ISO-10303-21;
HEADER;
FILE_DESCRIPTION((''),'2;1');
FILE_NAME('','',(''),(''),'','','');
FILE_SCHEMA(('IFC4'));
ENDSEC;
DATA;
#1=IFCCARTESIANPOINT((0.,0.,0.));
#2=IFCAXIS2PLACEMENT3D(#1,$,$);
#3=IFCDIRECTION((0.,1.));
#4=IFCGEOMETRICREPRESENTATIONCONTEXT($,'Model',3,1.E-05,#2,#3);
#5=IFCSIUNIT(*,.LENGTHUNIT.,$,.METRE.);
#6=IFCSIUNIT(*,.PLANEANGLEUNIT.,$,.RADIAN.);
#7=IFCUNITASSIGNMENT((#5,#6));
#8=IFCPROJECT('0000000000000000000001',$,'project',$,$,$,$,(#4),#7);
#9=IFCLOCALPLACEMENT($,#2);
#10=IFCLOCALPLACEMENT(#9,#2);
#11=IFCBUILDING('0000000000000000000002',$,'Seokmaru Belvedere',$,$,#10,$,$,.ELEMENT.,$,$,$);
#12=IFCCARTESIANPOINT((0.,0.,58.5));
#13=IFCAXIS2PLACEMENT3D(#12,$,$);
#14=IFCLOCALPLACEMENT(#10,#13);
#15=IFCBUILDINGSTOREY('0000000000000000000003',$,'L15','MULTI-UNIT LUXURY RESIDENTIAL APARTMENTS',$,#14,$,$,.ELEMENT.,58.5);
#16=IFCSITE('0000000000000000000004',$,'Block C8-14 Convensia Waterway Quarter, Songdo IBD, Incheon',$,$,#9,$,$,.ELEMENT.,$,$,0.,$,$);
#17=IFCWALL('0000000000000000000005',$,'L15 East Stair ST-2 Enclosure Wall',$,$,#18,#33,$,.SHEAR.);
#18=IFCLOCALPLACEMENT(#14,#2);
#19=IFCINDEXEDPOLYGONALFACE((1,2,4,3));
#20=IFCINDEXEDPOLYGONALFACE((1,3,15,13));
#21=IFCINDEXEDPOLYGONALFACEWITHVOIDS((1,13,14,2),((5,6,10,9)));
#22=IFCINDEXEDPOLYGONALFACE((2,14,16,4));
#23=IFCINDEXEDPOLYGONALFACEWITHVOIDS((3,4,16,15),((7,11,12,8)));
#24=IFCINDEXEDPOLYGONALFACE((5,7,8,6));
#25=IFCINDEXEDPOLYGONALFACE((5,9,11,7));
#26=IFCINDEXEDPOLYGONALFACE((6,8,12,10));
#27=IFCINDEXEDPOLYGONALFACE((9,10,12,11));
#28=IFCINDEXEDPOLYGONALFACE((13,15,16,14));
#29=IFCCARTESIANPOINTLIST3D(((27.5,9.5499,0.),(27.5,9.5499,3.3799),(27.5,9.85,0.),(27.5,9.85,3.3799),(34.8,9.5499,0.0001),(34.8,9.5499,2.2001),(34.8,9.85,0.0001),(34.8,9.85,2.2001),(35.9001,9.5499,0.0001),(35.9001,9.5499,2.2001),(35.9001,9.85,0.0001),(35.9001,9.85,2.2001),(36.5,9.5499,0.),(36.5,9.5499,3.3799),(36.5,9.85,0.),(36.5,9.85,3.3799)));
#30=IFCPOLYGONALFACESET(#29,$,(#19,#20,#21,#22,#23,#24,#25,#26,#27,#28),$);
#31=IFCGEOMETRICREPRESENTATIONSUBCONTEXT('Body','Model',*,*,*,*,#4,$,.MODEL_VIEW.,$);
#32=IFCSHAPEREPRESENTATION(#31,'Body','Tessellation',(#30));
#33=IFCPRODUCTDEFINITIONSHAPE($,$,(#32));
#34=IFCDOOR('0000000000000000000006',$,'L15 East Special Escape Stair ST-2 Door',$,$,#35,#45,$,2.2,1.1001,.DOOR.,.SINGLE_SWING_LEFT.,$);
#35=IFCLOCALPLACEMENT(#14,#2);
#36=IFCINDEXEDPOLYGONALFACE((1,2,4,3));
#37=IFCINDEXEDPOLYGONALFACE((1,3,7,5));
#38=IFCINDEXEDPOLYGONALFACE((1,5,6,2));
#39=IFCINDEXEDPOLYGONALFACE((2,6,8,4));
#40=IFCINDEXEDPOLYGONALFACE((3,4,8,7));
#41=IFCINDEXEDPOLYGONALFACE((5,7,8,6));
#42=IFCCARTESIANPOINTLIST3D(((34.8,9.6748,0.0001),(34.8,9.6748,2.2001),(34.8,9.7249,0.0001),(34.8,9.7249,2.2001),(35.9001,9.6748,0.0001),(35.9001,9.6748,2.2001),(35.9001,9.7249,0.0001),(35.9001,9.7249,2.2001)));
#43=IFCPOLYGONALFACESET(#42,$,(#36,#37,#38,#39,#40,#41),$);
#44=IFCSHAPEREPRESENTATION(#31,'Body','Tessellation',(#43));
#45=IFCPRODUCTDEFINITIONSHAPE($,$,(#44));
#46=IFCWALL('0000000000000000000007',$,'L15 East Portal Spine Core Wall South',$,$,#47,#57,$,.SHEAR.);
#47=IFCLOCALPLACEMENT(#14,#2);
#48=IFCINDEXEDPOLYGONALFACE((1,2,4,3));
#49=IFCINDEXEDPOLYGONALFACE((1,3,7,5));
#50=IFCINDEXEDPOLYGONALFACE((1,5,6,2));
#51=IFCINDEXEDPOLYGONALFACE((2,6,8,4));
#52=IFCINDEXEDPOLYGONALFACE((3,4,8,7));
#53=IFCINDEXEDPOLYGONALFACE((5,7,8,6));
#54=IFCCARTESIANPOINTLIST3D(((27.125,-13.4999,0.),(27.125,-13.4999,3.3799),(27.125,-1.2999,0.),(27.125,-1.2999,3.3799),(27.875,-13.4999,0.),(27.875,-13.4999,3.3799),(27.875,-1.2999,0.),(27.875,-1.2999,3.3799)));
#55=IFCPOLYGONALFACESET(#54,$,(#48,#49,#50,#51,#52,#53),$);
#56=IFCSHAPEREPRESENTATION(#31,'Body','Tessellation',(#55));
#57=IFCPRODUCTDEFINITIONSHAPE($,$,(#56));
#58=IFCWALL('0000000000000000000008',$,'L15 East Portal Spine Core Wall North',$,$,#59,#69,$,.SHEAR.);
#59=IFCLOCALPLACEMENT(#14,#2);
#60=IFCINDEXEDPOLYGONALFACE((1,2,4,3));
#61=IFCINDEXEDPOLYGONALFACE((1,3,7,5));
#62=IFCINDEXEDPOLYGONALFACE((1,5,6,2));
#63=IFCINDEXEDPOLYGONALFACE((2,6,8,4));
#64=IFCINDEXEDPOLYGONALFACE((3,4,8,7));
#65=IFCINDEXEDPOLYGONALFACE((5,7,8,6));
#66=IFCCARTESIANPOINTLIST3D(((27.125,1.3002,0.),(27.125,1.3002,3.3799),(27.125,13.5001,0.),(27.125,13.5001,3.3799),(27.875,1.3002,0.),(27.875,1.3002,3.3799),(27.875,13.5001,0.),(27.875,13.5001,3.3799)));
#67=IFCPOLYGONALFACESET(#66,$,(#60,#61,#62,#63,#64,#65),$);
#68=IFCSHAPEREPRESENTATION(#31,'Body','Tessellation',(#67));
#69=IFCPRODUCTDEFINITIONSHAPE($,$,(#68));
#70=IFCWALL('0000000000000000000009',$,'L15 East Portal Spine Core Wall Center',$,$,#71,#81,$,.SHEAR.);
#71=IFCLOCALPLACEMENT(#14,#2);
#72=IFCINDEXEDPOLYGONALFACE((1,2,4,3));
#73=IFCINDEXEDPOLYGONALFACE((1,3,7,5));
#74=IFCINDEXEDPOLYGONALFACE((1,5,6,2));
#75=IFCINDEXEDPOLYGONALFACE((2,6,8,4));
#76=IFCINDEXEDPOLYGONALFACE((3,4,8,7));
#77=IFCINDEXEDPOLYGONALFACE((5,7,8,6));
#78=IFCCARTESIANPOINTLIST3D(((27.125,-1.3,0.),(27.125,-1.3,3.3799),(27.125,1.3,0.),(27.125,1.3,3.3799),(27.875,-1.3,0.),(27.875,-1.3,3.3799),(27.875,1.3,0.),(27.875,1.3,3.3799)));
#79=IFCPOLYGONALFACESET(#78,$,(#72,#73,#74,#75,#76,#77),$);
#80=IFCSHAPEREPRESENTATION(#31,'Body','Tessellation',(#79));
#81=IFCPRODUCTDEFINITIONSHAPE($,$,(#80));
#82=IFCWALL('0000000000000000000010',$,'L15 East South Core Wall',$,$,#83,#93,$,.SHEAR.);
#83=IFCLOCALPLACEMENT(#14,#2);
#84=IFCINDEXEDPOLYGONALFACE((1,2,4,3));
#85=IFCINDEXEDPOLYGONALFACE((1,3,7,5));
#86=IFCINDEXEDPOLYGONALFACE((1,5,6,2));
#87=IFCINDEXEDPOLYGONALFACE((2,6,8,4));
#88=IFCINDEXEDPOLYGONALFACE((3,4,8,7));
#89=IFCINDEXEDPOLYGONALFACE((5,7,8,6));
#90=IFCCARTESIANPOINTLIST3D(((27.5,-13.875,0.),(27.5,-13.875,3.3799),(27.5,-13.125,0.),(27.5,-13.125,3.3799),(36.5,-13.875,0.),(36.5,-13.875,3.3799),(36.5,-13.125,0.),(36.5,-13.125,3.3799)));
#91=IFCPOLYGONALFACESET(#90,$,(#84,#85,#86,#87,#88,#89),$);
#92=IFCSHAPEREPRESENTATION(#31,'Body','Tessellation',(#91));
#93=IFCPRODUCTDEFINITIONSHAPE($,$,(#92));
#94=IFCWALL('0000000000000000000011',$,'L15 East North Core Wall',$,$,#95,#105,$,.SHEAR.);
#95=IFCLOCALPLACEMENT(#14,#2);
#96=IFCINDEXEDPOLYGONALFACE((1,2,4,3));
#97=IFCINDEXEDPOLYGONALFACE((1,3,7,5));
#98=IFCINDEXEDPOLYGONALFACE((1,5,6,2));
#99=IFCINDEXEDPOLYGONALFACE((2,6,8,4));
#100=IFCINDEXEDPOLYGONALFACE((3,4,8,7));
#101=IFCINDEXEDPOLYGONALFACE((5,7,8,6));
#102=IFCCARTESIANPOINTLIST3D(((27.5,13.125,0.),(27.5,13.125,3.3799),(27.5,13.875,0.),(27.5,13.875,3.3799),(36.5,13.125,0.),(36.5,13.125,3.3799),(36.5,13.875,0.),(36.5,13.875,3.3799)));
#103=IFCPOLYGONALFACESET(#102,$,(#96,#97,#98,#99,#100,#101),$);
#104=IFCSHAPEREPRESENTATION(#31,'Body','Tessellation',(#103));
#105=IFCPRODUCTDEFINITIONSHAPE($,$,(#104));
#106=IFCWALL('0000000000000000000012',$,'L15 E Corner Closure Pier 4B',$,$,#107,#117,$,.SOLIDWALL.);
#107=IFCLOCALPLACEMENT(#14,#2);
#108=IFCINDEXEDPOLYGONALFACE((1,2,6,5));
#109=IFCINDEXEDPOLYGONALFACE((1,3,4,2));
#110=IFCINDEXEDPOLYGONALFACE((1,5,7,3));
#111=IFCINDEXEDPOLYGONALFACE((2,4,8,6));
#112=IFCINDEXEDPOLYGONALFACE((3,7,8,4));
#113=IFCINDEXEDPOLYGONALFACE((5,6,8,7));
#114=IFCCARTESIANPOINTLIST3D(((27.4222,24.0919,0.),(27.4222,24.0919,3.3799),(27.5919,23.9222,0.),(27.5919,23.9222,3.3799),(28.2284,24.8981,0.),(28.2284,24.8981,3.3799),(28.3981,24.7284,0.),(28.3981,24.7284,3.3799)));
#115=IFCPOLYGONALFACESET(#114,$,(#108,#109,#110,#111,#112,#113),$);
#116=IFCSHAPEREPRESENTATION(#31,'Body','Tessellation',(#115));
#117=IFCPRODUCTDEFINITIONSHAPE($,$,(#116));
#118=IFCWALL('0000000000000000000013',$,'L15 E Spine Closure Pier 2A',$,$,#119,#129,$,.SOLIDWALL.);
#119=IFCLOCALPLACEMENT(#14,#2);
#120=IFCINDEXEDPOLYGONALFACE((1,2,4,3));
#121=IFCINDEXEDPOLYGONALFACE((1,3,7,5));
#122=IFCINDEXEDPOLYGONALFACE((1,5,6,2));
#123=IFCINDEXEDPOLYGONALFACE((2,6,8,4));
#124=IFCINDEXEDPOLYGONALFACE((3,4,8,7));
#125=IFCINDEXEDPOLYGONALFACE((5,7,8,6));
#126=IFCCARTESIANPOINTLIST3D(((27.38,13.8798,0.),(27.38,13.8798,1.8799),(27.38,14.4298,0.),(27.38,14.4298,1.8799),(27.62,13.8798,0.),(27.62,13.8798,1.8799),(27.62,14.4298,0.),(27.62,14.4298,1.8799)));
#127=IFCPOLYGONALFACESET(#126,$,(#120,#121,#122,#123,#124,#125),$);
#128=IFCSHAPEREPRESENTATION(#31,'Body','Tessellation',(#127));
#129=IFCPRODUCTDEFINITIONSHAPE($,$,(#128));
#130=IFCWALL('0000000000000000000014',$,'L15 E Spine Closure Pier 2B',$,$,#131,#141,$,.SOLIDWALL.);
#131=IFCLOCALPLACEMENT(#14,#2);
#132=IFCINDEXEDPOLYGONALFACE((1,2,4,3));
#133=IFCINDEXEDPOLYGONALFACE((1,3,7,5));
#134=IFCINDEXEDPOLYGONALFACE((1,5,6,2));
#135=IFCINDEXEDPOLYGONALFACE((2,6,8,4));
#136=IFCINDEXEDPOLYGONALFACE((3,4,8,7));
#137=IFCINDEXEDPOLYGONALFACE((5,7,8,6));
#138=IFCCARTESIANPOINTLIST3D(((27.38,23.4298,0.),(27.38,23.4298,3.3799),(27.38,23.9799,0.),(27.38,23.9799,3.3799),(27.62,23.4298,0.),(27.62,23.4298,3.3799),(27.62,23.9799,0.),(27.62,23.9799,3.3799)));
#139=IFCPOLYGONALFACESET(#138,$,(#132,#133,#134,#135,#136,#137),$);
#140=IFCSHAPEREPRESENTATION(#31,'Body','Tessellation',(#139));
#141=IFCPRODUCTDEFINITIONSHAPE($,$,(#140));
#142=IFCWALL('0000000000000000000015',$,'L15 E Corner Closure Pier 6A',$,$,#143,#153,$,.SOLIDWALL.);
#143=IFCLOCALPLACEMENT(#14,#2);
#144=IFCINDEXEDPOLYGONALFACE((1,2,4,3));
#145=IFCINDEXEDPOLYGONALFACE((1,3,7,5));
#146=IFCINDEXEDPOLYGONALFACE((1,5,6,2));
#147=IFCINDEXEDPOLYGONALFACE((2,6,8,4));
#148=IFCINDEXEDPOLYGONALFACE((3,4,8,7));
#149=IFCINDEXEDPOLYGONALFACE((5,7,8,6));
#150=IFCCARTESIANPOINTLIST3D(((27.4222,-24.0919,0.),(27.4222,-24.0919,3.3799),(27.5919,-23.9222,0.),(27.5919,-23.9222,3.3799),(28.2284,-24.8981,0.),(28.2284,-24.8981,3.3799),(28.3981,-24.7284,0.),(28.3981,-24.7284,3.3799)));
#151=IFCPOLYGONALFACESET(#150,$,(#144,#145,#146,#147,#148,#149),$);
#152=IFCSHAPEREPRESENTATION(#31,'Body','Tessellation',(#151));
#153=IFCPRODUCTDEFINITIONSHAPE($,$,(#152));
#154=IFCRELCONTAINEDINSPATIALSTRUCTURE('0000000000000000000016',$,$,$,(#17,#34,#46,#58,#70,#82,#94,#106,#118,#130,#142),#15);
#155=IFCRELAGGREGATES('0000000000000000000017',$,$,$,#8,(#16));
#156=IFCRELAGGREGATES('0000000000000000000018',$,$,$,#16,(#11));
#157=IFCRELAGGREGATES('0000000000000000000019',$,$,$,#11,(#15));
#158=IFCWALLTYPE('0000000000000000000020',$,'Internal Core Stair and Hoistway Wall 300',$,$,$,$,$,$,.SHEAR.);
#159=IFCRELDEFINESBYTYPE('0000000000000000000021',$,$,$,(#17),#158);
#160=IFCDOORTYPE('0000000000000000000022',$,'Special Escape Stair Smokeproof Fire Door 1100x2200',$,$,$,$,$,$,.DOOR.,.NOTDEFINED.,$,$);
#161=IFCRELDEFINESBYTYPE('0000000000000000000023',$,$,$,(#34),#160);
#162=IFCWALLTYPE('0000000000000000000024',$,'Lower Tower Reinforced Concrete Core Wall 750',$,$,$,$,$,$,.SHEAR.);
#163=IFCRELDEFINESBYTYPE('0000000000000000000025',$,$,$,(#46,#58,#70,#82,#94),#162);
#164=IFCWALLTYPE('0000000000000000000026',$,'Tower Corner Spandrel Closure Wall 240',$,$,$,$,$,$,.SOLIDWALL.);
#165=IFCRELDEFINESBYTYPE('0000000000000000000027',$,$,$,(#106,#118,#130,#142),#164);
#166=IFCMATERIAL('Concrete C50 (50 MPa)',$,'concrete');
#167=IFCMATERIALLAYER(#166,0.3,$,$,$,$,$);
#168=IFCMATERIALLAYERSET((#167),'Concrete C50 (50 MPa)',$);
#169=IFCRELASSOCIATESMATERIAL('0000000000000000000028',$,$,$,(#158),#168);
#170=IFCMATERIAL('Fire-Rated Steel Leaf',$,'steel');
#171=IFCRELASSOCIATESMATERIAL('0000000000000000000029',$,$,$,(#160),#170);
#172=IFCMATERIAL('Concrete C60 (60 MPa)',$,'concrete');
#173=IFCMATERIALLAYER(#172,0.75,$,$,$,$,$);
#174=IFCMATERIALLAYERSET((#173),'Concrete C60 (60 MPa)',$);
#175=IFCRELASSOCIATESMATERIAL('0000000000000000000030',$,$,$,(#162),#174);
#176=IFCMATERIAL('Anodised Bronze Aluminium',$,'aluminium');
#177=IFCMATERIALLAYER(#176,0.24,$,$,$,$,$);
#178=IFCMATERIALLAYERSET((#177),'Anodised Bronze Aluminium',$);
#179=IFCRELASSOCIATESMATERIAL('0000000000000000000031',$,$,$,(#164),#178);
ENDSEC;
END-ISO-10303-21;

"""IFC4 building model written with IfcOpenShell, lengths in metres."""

from ifc_helpers import new_model, si_unit, direction, frame, frame_2d, origin, place, context, subcontext, project, spatial, rectangle, extrude, source, transform, mapped, material, layer, layer_set, type_object, type_shapes, element, fill, save


model = new_model("IFC4")

# Units and contexts
model_context = context("Model", 3, precision=1e-05, world=origin(), true_north=direction((0.0, 1.0)))
body_context = subcontext(model_context, "Body", "Model", "MODEL_VIEW")
ifc_project = project(units=[si_unit("LENGTHUNIT", "METRE"), si_unit("PLANEANGLEUNIT", "RADIAN")], contexts=[model_context])

# Site, building, storey
site_placement = place(None, origin())
site = spatial("IfcSite", under=ifc_project, at=site_placement, Name="Block C8-14 Convensia Waterway Quarter, Songdo IBD, Incheon", CompositionType="ELEMENT", RefElevation=0.0)
building_placement = place(site_placement, origin())
building = spatial("IfcBuilding", under=site, at=building_placement, Name="Seokmaru Belvedere", CompositionType="ELEMENT")
storey_placement = place(building_placement, frame((0.0, 0.0, 58.5)))
storey = spatial("IfcBuildingStorey", under=building, at=storey_placement, Name="L15", Description="MULTI-UNIT LUXURY RESIDENTIAL APARTMENTS", CompositionType="ELEMENT", Elevation=58.5)

# Shared definitions
ifc_material_1 = material(Name="Anodised Bronze Aluminium", Category="aluminium")

# Shared definitions
ifc_material_2 = material(Name="Concrete C50 (50 MPa)", Category="concrete")

# Wall, opening, door
ifc_layer_1 = layer(ifc_material_2, 0.3)
ifc_layer_set_1 = layer_set([ifc_layer_1], Name="Concrete C50 (50 MPa)")
wall_type_1 = type_object("IfcWallType", Name="Internal Core Stair and Hoistway Wall 300", PredefinedType="SHEAR", material=ifc_layer_set_1)
ifc_material_3 = material(Name="Fire-Rated Steel Leaf", Category="steel")
door_type = type_object("IfcDoorType", Name="Special Escape Stair Smokeproof Fire Door 1100x2200", OperationType="NOTDEFINED", PredefinedType="DOOR", material=ifc_material_3)
shared_shape_1 = source(origin(), body_context, "Body", "SweptSolid", [
    extrude(rectangle(XDim=1.1001, YDim=2.2, at=frame_2d((0.55, 1.1001))), frame((0.0, 0.0249, 0.0), z_axis=(0.0, -1.0, 0.0), x_axis=(1.0, 0.0, 0.0)), (0.0, 0.0, 1.0), 0.05),
])
type_shapes(door_type, [shared_shape_1])
wall_1_placement = place(storey_placement, frame((27.5, 9.7, 0.0), z_axis=(0.0, 0.0, 1.0), x_axis=(1.0, 0.0, 0.0)))
wall_1 = element("IfcWall", 1, at=wall_1_placement, inside=storey, type_object=wall_type_1, Name="L15 East Stair ST-2 Enclosure Wall", PredefinedType="SHEAR", context=body_context, shape_type="SweptSolid", body=[
    extrude(rectangle(XDim=9.0, YDim=0.3, at=frame_2d((4.5, 0.0))), origin(), (0.0, 0.0, 1.0), 3.3799),
])
opening_1_placement = place(wall_1_placement, frame((7.3, 0.0, 0.0)))
opening_1 = element("IfcOpeningElement", 2, at=opening_1_placement, cuts=wall_1, PredefinedType="OPENING", context=body_context, shape_type="SweptSolid", body=[
    extrude(rectangle(XDim=1.1001, YDim=2.2, at=frame_2d((0.55, 1.1001))), frame((0.0, 0.1602, 0.0), z_axis=(0.0, -1.0, 0.0), x_axis=(1.0, 0.0, 0.0)), (0.0, 0.0, 1.0), 0.3201),
])
door_1_placement = place(opening_1_placement, origin())
door_1 = element("IfcDoor", 3, at=door_1_placement, inside=storey, type_object=door_type, Name="L15 East Special Escape Stair ST-2 Door", OperationType="SINGLE_SWING_LEFT", OverallHeight=2.2, OverallWidth=1.1001, PredefinedType="DOOR", context=body_context, shape_type="MappedRepresentation", body=[
    mapped(shared_shape_1, transform((0.0, 0.0, 0.0), scale=1.0)),
])
fill(opening_1, door_1)

# Walls
ifc_material_4 = material(Name="Concrete C60 (60 MPa)", Category="concrete")
ifc_layer_2 = layer(ifc_material_4, 0.75)
ifc_layer_set_2 = layer_set([ifc_layer_2], Name="Concrete C60 (60 MPa)")
wall_type_2 = type_object("IfcWallType", Name="Lower Tower Reinforced Concrete Core Wall 750", PredefinedType="SHEAR", material=ifc_layer_set_2)
for number, where, z_axis, x_axis, name in (
    (4, (27.5, -13.5, 0.0), (0.0, 0.0, 1.0), (0.0, 1.0, 0.0), "L15 East Portal Spine Core Wall South"),
    (5, (27.5, 1.3, 0.0), (0.0, 0.0, 1.0), (0.0, 1.0, 0.0), "L15 East Portal Spine Core Wall North"),
):
    element("IfcWall", number, at=place(storey_placement, frame(where, z_axis=z_axis, x_axis=x_axis)), inside=storey, type_object=wall_type_2, Name=name, PredefinedType="SHEAR", context=body_context, shape_type="SweptSolid", body=[
        extrude(rectangle(XDim=12.2, YDim=0.75, at=frame_2d((6.1001, 0.0))), origin(), (0.0, 0.0, 1.0), 3.3799),
    ])
wall_2_placement = place(storey_placement, frame((27.5, -1.3, 0.0), z_axis=(0.0, 0.0, 1.0), x_axis=(0.0, 1.0, 0.0)))
element("IfcWall", 6, at=wall_2_placement, inside=storey, type_object=wall_type_2, Name="L15 East Portal Spine Core Wall Center", PredefinedType="SHEAR", context=body_context, shape_type="SweptSolid", body=[
    extrude(rectangle(XDim=2.6001, YDim=0.75, at=frame_2d((1.3, 0.0))), origin(), (0.0, 0.0, 1.0), 3.3799),
])
for number, where, z_axis, x_axis, name in (
    (7, (27.5, -13.5, 0.0), (0.0, 0.0, 1.0), (1.0, 0.0, 0.0), "L15 East South Core Wall"),
    (8, (27.5, 13.5, 0.0), (0.0, 0.0, 1.0), (1.0, 0.0, 0.0), "L15 East North Core Wall"),
):
    element("IfcWall", number, at=place(storey_placement, frame(where, z_axis=z_axis, x_axis=x_axis)), inside=storey, type_object=wall_type_2, Name=name, PredefinedType="SHEAR", context=body_context, shape_type="SweptSolid", body=[
        extrude(rectangle(XDim=9.0, YDim=0.75, at=frame_2d((4.5, 0.0))), origin(), (0.0, 0.0, 1.0), 3.3799),
    ])
ifc_layer_3 = layer(ifc_material_1, 0.24)
ifc_layer_set_3 = layer_set([ifc_layer_3], Name="Anodised Bronze Aluminium")
wall_type_3 = type_object("IfcWallType", Name="Tower Corner Spandrel Closure Wall 240", PredefinedType="SOLIDWALL", material=ifc_layer_set_3)
wall_3_placement = place(storey_placement, frame((28.3132, 24.8132, 0.0), z_axis=(0.0, 0.0, 1.0), x_axis=(-0.707107, -0.707107, 0.0)))
element("IfcWall", 9, at=wall_3_placement, inside=storey, type_object=wall_type_3, Name="L15 E Corner Closure Pier 4B", PredefinedType="SOLIDWALL", context=body_context, shape_type="SweptSolid", body=[
    extrude(rectangle(XDim=1.1401, YDim=0.24, at=frame_2d((0.5701, 0.0))), origin(), (0.0, 0.0, 1.0), 3.3799),
])
wall_4_placement = place(storey_placement, frame((27.5, 13.8799, 0.0), z_axis=(0.0, 0.0, 1.0), x_axis=(0.0, 1.0, 0.0)))
element("IfcWall", 10, at=wall_4_placement, inside=storey, type_object=wall_type_3, Name="L15 E Spine Closure Pier 2A", PredefinedType="SOLIDWALL", context=body_context, shape_type="SweptSolid", body=[
    extrude(rectangle(XDim=0.55, YDim=0.24, at=frame_2d((0.2749, 0.0))), origin(), (0.0, 0.0, 1.0), 1.8799),
])
wall_5_placement = place(storey_placement, frame((27.5, 23.4299, 0.0), z_axis=(0.0, 0.0, 1.0), x_axis=(0.0, 1.0, 0.0)))
element("IfcWall", 11, at=wall_5_placement, inside=storey, type_object=wall_type_3, Name="L15 E Spine Closure Pier 2B", PredefinedType="SOLIDWALL", context=body_context, shape_type="SweptSolid", body=[
    extrude(rectangle(XDim=0.55, YDim=0.24, at=frame_2d((0.2749, 0.0))), origin(), (0.0, 0.0, 1.0), 3.3799),
])
wall_6_placement = place(storey_placement, frame((27.5071, -24.0071, 0.0), z_axis=(0.0, 0.0, 1.0), x_axis=(0.707107, -0.707107, 0.0)))
element("IfcWall", 12, at=wall_6_placement, inside=storey, type_object=wall_type_3, Name="L15 E Corner Closure Pier 6A", PredefinedType="SOLIDWALL", context=body_context, shape_type="SweptSolid", body=[
    extrude(rectangle(XDim=1.1401, YDim=0.24, at=frame_2d((0.5701, 0.0))), origin(), (0.0, 0.0, 1.0), 3.3799),
])

save(model, "model.ifc")
